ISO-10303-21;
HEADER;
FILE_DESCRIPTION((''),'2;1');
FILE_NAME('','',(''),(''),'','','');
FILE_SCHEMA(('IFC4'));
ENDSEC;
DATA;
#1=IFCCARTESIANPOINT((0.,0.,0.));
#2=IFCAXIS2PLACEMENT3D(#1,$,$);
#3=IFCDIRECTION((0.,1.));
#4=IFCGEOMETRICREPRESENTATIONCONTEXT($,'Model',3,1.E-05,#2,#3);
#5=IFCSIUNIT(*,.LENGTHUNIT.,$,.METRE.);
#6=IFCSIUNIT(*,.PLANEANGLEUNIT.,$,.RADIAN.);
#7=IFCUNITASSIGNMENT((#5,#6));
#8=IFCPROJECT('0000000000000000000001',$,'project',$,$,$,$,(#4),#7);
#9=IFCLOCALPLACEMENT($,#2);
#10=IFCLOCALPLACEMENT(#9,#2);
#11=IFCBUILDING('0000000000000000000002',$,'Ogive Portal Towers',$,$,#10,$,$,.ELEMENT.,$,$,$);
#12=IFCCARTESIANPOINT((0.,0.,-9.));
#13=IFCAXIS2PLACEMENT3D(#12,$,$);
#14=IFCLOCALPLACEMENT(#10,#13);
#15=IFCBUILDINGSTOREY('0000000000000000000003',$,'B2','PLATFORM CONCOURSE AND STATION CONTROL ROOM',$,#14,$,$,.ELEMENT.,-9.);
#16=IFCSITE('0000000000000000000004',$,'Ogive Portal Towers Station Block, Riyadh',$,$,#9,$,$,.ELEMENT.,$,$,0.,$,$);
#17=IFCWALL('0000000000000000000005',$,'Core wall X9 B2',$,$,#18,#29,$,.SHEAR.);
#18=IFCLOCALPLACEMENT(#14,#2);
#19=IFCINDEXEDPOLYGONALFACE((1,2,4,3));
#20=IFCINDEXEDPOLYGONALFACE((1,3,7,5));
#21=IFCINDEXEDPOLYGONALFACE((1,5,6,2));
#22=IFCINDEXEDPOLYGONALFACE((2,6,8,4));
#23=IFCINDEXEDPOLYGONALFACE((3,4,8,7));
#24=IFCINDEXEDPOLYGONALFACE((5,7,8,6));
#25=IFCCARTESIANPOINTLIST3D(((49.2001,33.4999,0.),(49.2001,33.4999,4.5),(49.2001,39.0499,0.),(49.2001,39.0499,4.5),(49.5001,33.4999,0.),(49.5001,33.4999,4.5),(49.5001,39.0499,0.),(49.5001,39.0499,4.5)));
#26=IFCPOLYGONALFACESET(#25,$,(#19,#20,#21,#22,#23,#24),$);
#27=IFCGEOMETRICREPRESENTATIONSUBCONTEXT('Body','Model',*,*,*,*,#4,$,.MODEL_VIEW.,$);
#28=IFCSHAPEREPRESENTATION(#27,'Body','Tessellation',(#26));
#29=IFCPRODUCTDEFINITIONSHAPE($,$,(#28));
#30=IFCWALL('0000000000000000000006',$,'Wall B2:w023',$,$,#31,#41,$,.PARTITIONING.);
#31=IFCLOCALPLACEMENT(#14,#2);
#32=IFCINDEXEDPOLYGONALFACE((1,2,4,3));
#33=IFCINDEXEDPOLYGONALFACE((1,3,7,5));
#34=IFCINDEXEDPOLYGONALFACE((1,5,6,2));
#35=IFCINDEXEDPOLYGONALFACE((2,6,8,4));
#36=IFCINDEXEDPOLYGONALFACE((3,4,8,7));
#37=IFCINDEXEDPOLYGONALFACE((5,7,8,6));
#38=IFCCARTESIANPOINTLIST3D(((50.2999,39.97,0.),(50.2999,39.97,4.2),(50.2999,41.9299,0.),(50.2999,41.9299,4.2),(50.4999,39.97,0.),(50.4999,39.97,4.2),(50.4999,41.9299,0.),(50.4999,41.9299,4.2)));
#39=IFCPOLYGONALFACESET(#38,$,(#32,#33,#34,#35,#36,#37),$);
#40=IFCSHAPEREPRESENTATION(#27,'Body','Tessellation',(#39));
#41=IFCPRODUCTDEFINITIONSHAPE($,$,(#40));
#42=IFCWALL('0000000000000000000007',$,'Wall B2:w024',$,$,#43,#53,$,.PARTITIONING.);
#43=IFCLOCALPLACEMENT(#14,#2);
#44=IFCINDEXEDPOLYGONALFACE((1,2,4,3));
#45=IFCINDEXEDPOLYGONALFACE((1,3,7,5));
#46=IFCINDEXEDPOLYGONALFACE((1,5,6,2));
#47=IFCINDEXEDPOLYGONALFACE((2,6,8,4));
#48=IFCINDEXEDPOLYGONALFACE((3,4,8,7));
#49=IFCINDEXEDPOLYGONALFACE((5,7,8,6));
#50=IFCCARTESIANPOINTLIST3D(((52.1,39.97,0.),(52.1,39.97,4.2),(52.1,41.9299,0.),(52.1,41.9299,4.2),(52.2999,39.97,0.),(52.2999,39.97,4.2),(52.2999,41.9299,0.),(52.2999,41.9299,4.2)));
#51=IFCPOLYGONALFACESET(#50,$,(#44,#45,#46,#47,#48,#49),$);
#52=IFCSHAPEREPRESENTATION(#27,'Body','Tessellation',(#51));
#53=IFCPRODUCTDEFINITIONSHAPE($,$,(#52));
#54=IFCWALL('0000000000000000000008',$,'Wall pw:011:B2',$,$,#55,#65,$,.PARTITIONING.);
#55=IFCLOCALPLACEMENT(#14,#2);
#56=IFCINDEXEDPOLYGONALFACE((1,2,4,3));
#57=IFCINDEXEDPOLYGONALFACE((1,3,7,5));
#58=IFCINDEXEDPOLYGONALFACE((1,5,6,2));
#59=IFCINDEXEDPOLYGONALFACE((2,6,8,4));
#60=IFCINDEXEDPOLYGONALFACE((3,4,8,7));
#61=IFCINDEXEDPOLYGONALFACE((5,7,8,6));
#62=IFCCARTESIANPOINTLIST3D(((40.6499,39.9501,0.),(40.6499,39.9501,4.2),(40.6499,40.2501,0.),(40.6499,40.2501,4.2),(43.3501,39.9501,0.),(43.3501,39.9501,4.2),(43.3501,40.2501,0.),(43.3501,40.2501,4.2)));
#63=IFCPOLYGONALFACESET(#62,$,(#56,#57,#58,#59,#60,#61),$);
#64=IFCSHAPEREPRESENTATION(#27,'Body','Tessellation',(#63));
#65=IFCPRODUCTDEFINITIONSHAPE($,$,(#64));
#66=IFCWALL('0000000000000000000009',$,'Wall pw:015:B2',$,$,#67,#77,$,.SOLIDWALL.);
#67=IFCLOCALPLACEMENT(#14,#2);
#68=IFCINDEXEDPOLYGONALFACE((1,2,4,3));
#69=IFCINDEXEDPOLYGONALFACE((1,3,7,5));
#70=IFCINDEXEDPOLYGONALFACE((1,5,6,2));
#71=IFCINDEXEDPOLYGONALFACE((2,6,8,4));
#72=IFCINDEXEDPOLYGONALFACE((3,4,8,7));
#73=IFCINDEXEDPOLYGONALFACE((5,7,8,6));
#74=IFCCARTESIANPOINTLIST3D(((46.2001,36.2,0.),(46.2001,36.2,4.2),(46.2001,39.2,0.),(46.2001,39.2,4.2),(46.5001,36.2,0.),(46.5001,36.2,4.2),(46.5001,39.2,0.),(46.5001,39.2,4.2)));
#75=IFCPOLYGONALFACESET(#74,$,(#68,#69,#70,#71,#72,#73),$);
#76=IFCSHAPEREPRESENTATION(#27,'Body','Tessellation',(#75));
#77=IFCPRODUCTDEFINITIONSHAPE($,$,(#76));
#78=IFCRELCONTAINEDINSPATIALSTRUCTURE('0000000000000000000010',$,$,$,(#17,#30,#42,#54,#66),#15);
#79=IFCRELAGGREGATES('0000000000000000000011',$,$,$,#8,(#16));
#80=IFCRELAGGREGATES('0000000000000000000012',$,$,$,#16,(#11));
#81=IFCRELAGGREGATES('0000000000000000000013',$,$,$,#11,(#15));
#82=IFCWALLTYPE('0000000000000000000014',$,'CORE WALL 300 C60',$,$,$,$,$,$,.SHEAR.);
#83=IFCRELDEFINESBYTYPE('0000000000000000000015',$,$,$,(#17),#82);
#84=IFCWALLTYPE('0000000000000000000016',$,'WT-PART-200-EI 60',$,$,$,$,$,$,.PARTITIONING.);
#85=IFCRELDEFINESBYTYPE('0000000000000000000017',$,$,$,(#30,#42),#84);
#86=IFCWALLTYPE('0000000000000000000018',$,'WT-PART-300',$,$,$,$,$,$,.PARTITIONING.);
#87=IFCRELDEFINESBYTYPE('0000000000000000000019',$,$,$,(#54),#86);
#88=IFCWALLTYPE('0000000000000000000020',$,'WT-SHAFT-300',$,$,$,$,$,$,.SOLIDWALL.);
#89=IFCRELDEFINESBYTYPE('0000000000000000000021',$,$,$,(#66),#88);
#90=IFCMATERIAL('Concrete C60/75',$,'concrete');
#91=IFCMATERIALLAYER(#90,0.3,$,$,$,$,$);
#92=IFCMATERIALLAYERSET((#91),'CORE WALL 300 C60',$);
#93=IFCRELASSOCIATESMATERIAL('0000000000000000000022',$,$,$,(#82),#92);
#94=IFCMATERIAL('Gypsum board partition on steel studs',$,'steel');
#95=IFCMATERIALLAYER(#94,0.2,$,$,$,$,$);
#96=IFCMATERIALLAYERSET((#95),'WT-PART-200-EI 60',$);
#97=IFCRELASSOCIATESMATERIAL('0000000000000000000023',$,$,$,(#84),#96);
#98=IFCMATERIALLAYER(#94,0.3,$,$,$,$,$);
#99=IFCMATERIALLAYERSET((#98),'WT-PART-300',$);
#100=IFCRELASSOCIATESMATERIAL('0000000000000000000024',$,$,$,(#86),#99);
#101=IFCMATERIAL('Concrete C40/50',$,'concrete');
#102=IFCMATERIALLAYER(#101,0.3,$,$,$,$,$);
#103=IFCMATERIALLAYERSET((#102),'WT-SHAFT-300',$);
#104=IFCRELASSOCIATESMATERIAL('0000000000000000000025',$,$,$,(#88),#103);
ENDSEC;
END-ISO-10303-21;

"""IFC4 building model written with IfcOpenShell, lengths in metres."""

from ifc_helpers import new_model, si_unit, direction, frame, frame_2d, origin, place, context, subcontext, project, spatial, rectangle, extrude, material, layer, layer_set, type_object, element, save


model = new_model("IFC4")

# Units and contexts
model_context = context("Model", 3, precision=1e-05, world=origin(), true_north=direction((0.0, 1.0)))
body_context = subcontext(model_context, "Body", "Model", "MODEL_VIEW")
ifc_project = project(units=[si_unit("LENGTHUNIT", "METRE"), si_unit("PLANEANGLEUNIT", "RADIAN")], contexts=[model_context])

# Site, building, storey
site_placement = place(None, origin())
site = spatial("IfcSite", under=ifc_project, at=site_placement, Name="Ogive Portal Towers Station Block, Riyadh", CompositionType="ELEMENT", RefElevation=0.0)
building_placement = place(site_placement, origin())
building = spatial("IfcBuilding", under=site, at=building_placement, Name="Ogive Portal Towers", CompositionType="ELEMENT")
storey_placement = place(building_placement, frame((0.0, 0.0, -9.0)))
storey = spatial("IfcBuildingStorey", under=building, at=storey_placement, Name="B2", Description="PLATFORM CONCOURSE AND STATION CONTROL ROOM", CompositionType="ELEMENT", Elevation=-9.0)

# Shared definitions
ifc_material_1 = material(Name="Concrete C40/50", Category="concrete")

# Shared definitions
ifc_material_2 = material(Name="Concrete C60/75", Category="concrete")

# Shared definitions
ifc_layer_1 = layer(ifc_material_2, 0.3)
ifc_layer_set_1 = layer_set([ifc_layer_1], Name="CORE WALL 300 C60")
wall_type_1 = type_object("IfcWallType", Name="CORE WALL 300 C60", PredefinedType="SHEAR", material=ifc_layer_set_1)

# Wall
for number, where, z_axis, x_axis, name in (
    (1, (49.3501, 33.5, 0.0), (0.0, 0.0, 1.0), (0.0, 1.0, 0.0), "Core wall X9 B2"),
):
    element("IfcWall", number, at=place(storey_placement, frame(where, z_axis=z_axis, x_axis=x_axis)), inside=storey, type_object=wall_type_1, Name=name, PredefinedType="SHEAR", context=body_context, shape_type="SweptSolid", body=[
        extrude(rectangle(XDim=5.55, YDim=0.3, at=frame_2d((2.7749, 0.0))), origin(), (0.0, 0.0, 1.0), 4.5),
    ])

# Walls
ifc_material_3 = material(Name="Gypsum board partition on steel studs", Category="steel")
ifc_layer_2 = layer(ifc_material_3, 0.2)
ifc_layer_set_2 = layer_set([ifc_layer_2], Name="WT-PART-200-EI 60")
wall_type_2 = type_object("IfcWallType", Name="WT-PART-200-EI 60", PredefinedType="PARTITIONING", material=ifc_layer_set_2)
for number, where, z_axis, x_axis, name in (
    (2, (50.3999, 39.97, 0.0), (0.0, 0.0, 1.0), (0.0, 1.0, 0.0), "Wall B2:w023"),
    (3, (52.2, 39.97, 0.0), (0.0, 0.0, 1.0), (0.0, 1.0, 0.0), "Wall B2:w024"),
):
    element("IfcWall", number, at=place(storey_placement, frame(where, z_axis=z_axis, x_axis=x_axis)), inside=storey, type_object=wall_type_2, Name=name, PredefinedType="PARTITIONING", context=body_context, shape_type="SweptSolid", body=[
        extrude(rectangle(XDim=1.96, YDim=0.2, at=frame_2d((0.98, 0.0))), origin(), (0.0, 0.0, 1.0), 4.2),
    ])
ifc_layer_3 = layer(ifc_material_3, 0.3)
ifc_layer_set_3 = layer_set([ifc_layer_3], Name="WT-PART-300")
wall_type_3 = type_object("IfcWallType", Name="WT-PART-300", PredefinedType="PARTITIONING", material=ifc_layer_set_3)
wall_1_placement = place(storey_placement, frame((40.6499, 40.1001, 0.0), z_axis=(0.0, 0.0, 1.0), x_axis=(1.0, 0.0, 0.0)))
element("IfcWall", 4, at=wall_1_placement, inside=storey, type_object=wall_type_3, Name="Wall pw:011:B2", PredefinedType="PARTITIONING", context=body_context, shape_type="SweptSolid", body=[
    extrude(rectangle(XDim=2.7002, YDim=0.3, at=frame_2d((1.3501, 0.0))), origin(), (0.0, 0.0, 1.0), 4.2),
])
ifc_layer_4 = layer(ifc_material_1, 0.3)
ifc_layer_set_4 = layer_set([ifc_layer_4], Name="WT-SHAFT-300")
wall_type_4 = type_object("IfcWallType", Name="WT-SHAFT-300", PredefinedType="SOLIDWALL", material=ifc_layer_set_4)
wall_2_placement = place(storey_placement, frame((46.3501, 36.2, 0.0), z_axis=(0.0, 0.0, 1.0), x_axis=(0.0, 1.0, 0.0)))
element("IfcWall", 5, at=wall_2_placement, inside=storey, type_object=wall_type_4, Name="Wall pw:015:B2", PredefinedType="SOLIDWALL", context=body_context, shape_type="SweptSolid", body=[
    extrude(rectangle(XDim=3.0, YDim=0.3, at=frame_2d((1.5, 0.0))), origin(), (0.0, 0.0, 1.0), 4.2),
])

save(model, "model.ifc")
